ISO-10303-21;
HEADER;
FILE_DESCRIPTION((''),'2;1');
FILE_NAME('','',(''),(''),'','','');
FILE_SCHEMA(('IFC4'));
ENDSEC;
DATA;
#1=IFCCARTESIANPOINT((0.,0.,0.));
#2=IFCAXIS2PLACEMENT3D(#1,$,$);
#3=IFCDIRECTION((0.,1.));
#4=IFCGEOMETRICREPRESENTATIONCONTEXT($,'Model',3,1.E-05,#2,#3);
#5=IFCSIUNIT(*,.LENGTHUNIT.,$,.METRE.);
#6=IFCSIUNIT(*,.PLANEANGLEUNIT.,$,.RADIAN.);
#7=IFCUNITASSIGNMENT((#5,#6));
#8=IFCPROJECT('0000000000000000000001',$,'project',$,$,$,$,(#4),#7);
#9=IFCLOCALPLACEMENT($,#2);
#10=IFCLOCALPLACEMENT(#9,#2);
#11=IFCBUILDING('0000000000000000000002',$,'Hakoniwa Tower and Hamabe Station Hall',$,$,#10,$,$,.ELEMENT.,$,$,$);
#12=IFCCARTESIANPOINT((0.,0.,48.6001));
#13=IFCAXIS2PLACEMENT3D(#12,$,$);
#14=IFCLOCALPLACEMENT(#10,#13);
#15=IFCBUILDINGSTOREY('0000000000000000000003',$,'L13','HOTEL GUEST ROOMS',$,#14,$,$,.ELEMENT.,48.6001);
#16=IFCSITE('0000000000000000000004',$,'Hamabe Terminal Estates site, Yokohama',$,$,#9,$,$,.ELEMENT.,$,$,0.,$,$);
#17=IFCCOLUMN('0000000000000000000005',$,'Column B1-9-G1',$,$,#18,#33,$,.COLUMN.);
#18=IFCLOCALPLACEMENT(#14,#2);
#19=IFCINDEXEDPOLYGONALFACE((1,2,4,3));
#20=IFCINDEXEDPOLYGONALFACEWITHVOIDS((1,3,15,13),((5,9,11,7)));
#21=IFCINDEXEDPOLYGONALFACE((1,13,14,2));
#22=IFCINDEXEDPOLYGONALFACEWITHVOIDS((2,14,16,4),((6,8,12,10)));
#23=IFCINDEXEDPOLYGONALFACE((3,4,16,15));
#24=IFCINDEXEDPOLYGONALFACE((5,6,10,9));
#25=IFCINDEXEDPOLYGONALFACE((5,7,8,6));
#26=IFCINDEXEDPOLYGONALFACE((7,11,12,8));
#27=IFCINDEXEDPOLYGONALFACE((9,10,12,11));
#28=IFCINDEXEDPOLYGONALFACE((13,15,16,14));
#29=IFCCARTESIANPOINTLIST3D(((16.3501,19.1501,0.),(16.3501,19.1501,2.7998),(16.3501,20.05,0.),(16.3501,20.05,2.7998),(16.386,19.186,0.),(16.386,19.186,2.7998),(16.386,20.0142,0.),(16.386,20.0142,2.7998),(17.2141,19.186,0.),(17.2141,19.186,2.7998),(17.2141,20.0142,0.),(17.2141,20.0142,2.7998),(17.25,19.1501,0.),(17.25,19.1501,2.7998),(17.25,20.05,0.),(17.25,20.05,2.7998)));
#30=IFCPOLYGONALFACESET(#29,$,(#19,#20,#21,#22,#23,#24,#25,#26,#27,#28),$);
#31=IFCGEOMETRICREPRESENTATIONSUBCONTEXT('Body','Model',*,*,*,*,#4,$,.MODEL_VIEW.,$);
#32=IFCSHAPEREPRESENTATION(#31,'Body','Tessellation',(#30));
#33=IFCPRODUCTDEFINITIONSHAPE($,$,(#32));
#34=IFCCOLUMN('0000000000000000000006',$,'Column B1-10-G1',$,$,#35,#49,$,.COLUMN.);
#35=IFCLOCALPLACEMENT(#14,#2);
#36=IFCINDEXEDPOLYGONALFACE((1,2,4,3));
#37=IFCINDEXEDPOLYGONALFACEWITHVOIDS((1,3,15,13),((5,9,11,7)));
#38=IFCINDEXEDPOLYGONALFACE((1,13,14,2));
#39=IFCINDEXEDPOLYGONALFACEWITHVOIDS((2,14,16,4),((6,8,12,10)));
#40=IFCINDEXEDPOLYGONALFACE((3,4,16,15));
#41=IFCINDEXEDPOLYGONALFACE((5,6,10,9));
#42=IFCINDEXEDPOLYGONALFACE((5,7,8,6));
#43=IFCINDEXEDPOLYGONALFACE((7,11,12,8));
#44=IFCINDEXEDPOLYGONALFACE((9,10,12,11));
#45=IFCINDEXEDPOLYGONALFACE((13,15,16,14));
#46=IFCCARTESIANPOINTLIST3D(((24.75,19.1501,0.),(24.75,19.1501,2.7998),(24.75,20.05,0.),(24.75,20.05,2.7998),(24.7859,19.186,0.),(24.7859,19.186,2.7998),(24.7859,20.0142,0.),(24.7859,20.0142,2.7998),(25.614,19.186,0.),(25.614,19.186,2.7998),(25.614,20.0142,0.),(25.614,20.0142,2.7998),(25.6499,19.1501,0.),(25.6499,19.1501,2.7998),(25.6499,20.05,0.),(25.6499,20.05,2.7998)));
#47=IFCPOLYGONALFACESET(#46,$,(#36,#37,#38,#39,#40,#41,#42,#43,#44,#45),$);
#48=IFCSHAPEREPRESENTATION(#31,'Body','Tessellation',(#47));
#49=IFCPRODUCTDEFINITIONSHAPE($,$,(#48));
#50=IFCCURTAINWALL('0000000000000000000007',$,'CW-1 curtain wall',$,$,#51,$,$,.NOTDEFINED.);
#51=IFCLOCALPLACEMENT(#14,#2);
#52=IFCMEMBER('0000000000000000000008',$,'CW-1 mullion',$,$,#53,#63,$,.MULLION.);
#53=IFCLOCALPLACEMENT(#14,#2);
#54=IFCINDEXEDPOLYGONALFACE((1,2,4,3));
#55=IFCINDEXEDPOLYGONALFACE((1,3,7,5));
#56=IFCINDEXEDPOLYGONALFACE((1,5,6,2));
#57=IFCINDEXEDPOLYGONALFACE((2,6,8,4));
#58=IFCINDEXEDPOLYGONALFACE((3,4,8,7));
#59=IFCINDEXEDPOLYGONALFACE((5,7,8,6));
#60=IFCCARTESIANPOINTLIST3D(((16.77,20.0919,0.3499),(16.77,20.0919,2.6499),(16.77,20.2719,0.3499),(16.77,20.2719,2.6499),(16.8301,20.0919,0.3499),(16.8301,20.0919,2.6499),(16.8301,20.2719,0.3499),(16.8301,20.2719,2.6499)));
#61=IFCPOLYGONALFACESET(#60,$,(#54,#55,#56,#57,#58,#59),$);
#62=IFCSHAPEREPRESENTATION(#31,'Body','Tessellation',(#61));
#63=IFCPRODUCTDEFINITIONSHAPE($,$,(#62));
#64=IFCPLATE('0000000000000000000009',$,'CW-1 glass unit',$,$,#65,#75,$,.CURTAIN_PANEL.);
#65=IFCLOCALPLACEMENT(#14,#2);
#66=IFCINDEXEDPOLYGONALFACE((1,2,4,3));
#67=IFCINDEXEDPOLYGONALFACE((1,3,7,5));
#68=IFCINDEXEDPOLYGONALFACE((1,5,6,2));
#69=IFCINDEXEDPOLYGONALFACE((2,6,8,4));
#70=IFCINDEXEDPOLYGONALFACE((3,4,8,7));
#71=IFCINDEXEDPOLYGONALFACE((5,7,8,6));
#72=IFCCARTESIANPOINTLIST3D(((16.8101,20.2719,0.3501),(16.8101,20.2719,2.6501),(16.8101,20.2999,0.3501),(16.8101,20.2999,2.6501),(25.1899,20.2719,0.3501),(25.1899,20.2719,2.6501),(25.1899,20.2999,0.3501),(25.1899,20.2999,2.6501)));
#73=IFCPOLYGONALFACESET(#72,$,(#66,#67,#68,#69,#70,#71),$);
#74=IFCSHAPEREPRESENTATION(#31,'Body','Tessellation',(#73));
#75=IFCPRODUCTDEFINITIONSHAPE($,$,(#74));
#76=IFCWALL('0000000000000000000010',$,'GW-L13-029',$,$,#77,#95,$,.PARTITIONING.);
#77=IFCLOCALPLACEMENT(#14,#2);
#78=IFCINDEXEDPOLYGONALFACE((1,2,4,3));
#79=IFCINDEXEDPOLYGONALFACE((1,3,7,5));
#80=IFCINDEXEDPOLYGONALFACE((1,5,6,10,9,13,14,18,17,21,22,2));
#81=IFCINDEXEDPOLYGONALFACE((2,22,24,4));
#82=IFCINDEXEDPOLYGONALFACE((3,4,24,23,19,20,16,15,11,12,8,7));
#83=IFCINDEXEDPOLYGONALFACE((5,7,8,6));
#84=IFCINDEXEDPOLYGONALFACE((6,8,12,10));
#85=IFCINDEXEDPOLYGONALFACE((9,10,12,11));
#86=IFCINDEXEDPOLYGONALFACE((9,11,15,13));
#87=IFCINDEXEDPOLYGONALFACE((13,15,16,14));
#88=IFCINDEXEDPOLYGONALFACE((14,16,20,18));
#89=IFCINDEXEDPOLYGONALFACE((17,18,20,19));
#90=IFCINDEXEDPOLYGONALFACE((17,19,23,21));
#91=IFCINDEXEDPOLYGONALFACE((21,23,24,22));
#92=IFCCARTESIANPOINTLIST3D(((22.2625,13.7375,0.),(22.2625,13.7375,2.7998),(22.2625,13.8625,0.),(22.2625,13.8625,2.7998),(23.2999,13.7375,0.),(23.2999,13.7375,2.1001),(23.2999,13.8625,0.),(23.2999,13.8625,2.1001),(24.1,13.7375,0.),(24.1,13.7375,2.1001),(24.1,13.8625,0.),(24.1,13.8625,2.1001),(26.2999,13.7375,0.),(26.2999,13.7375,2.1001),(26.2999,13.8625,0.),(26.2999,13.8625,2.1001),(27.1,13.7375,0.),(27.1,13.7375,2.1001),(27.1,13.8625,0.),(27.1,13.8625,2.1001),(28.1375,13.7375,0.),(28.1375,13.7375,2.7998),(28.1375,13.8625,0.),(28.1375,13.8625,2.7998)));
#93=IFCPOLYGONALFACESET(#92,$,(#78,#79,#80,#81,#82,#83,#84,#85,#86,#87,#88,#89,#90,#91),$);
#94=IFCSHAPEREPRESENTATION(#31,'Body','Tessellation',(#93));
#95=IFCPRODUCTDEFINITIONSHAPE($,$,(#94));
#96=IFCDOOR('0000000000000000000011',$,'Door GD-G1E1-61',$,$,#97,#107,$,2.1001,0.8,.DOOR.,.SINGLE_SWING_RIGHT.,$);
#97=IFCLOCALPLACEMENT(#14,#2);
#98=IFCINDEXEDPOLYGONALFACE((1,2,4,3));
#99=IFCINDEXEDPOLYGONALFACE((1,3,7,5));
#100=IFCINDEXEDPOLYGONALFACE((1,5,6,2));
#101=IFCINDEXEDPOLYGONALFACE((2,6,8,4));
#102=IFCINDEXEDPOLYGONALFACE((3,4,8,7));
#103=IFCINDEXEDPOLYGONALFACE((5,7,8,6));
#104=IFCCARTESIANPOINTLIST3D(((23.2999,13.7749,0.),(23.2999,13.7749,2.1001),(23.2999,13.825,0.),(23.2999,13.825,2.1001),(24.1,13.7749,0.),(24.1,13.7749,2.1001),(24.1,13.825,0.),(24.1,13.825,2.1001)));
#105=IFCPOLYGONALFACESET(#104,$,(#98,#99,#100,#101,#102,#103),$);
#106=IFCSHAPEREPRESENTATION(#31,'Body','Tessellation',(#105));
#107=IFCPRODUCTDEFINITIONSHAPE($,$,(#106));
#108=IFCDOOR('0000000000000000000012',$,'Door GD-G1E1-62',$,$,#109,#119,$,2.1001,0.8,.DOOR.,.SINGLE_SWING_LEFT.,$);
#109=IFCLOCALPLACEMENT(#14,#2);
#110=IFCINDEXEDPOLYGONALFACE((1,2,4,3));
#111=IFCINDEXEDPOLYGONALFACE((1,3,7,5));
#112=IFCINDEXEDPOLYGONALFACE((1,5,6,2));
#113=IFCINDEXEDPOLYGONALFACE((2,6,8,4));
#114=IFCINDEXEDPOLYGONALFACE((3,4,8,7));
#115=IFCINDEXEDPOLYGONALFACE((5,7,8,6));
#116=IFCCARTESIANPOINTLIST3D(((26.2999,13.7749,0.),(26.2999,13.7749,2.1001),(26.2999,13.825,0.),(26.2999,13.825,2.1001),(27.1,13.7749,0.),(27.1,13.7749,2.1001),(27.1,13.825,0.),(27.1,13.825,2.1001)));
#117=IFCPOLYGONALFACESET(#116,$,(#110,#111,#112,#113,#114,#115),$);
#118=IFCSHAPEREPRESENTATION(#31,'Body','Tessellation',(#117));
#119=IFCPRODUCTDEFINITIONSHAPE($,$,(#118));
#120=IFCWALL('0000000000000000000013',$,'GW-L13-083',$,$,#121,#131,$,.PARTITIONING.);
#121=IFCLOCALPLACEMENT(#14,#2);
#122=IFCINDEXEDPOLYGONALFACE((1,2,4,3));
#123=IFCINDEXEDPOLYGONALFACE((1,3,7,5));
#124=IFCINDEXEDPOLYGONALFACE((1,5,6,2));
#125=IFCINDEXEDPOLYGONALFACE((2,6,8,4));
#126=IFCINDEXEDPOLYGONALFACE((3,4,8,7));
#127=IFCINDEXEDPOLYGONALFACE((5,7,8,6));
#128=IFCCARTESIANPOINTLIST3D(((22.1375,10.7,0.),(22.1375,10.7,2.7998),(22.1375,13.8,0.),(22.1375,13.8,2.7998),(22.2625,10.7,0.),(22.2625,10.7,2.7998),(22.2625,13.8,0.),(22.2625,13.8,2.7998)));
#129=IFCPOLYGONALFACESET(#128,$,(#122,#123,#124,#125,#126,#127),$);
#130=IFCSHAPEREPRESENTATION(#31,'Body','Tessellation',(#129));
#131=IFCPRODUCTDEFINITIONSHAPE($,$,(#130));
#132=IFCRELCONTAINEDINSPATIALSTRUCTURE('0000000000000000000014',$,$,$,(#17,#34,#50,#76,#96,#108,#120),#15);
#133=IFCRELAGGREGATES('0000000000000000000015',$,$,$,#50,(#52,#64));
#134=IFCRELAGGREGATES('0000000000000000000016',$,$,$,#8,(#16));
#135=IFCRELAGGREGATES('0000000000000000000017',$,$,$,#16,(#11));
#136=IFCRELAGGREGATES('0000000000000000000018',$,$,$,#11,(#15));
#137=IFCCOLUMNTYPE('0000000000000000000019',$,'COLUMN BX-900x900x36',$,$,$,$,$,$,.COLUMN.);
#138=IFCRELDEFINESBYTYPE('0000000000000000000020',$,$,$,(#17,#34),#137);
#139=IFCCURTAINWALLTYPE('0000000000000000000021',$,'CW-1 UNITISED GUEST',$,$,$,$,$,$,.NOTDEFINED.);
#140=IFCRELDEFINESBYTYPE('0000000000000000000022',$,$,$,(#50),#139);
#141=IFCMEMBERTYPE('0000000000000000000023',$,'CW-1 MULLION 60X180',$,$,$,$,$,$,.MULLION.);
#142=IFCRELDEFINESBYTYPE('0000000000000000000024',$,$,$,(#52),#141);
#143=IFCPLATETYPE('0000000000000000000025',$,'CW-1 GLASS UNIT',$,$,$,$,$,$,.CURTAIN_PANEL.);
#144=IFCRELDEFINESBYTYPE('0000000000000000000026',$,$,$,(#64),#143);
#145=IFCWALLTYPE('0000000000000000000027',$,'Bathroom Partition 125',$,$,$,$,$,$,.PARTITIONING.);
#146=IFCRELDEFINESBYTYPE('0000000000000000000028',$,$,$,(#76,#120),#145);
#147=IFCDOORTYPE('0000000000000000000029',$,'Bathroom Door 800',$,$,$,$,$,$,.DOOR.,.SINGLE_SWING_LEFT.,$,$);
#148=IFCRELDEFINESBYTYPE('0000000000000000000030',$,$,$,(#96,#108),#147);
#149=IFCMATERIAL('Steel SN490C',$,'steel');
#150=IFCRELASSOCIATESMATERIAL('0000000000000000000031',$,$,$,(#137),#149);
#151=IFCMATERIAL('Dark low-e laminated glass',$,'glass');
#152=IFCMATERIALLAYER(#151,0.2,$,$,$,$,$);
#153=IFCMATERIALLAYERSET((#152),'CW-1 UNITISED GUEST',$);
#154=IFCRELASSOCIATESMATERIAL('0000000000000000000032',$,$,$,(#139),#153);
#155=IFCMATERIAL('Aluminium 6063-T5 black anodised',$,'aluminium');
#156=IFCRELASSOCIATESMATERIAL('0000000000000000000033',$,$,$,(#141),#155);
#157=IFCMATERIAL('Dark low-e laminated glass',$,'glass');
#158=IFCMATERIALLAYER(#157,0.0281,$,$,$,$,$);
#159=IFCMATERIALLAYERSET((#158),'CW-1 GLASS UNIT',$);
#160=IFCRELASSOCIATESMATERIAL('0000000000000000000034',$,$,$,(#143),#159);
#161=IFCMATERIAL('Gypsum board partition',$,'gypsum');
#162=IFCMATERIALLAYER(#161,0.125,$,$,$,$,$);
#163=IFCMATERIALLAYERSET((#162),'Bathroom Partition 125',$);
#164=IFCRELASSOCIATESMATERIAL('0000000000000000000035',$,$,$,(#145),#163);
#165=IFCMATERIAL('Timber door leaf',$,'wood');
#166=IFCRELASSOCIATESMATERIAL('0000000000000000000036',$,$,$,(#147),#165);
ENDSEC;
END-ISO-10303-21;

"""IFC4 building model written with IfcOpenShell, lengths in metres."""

from ifc_helpers import new_model, si_unit, direction, frame, frame_2d, origin, origin_2d, place, context, subcontext, project, spatial, rectangle, hollow_rectangle, extrude, material, layer, layer_set, material_profile, profile_set, type_object, element, fill, aggregate, save


model = new_model("IFC4")

# Units and contexts
model_context = context("Model", 3, precision=1e-05, world=origin(), true_north=direction((0.0, 1.0)))
body_context = subcontext(model_context, "Body", "Model", "MODEL_VIEW")
ifc_project = project(units=[si_unit("LENGTHUNIT", "METRE"), si_unit("PLANEANGLEUNIT", "RADIAN")], contexts=[model_context])

# Site, building, storey
site_placement = place(None, origin())
site = spatial("IfcSite", under=ifc_project, at=site_placement, Name="Hamabe Terminal Estates site, Yokohama", CompositionType="ELEMENT", RefElevation=0.0)
building_placement = place(site_placement, origin())
building = spatial("IfcBuilding", under=site, at=building_placement, Name="Hakoniwa Tower and Hamabe Station Hall", CompositionType="ELEMENT")
storey_placement = place(building_placement, frame((0.0, 0.0, 48.6001)))
storey = spatial("IfcBuildingStorey", under=building, at=storey_placement, Name="L13", Description="HOTEL GUEST ROOMS", CompositionType="ELEMENT", Elevation=48.6001)

# Columns
ifc_material_1 = material(Name="Steel SN490C", Category="steel")
ifc_material_profile_1 = material_profile(ifc_material_1, hollow_rectangle(XDim=0.8999, YDim=0.8999, WallThickness=0.0359, at=origin_2d()), Name="BX-900x900x36")
ifc_profile_set_1 = profile_set([ifc_material_profile_1], Name="Steel SN490C")
column_type = type_object("IfcColumnType", Name="COLUMN BX-900x900x36", PredefinedType="COLUMN", material=ifc_profile_set_1)
for number, where, z_axis, x_axis, name in (
    (1, (16.8, 19.6001, 0.0), (0.0, 0.0, 1.0), (1.0, 0.0, 0.0), "Column B1-9-G1"),
    (2, (25.2, 19.6001, 0.0), (0.0, 0.0, 1.0), (1.0, 0.0, 0.0), "Column B1-10-G1"),
):
    element("IfcColumn", number, at=place(storey_placement, frame(where, z_axis=z_axis, x_axis=x_axis)), inside=storey, type_object=column_type, Name=name, PredefinedType="COLUMN", context=body_context, shape_type="SweptSolid", body=[
        extrude(hollow_rectangle(XDim=0.8999, YDim=0.8999, WallThickness=0.0359, at=origin_2d()), origin(), (0.0, 0.0, 1.0), 2.7998),
    ])

# Curtain wall, member, plate
ifc_material_2 = material(Name="Dark low-e laminated glass", Category="glass")
ifc_layer_1 = layer(ifc_material_2, 0.2)
ifc_layer_set_1 = layer_set([ifc_layer_1], Name="CW-1 UNITISED GUEST")
curtain_wall_type = type_object("IfcCurtainWallType", Name="CW-1 UNITISED GUEST", PredefinedType="NOTDEFINED", material=ifc_layer_set_1)
curtain_wall_placement = place(storey_placement, origin())
curtain_wall = element("IfcCurtainWall", 3, at=curtain_wall_placement, inside=storey, type_object=curtain_wall_type, Name="CW-1 curtain wall", PredefinedType="NOTDEFINED")
ifc_material_3 = material(Name="Aluminium 6063-T5 black anodised", Category="aluminium")
ifc_material_profile_2 = material_profile(ifc_material_3, rectangle(XDim=0.0601, YDim=0.1799, at=origin_2d()), Name="CW-1 MULLION 60X180")
ifc_profile_set_2 = profile_set([ifc_material_profile_2], Name="Aluminium 6063-T5 black anodised")
member_type = type_object("IfcMemberType", Name="CW-1 MULLION 60X180", PredefinedType="MULLION", material=ifc_profile_set_2)
member_placement = place(storey_placement, frame((16.8, 20.1819, 0.3499), z_axis=(0.0, 0.0, 1.0), x_axis=(-1.0, 0.0, 0.0)))
member = element("IfcMember", 4, at=member_placement, type_object=member_type, Name="CW-1 mullion", PredefinedType="MULLION", context=body_context, shape_type="SweptSolid", body=[
    extrude(rectangle(XDim=0.0601, YDim=0.1799, at=origin_2d()), origin(), (0.0, 0.0, 1.0), 2.3),
])
ifc_material_4 = material(Name="Dark low-e laminated glass", Category="glass")
ifc_layer_2 = layer(ifc_material_4, 0.0281)
ifc_layer_set_2 = layer_set([ifc_layer_2], Name="CW-1 GLASS UNIT")
plate_type = type_object("IfcPlateType", Name="CW-1 GLASS UNIT", PredefinedType="CURTAIN_PANEL", material=ifc_layer_set_2)
plate_placement = place(storey_placement, frame((21.0, 20.2859, 0.3501), z_axis=(0.0, 0.0, 1.0), x_axis=(-1.0, 0.0, 0.0)))
plate = element("IfcPlate", 5, at=plate_placement, type_object=plate_type, Name="CW-1 glass unit", PredefinedType="CURTAIN_PANEL", context=body_context, shape_type="SweptSolid", body=[
    extrude(rectangle(XDim=8.3799, YDim=0.0281, at=origin_2d()), origin(), (0.0, 0.0, 1.0), 2.3),
])
aggregate(curtain_wall, [member, plate])

# Wall, openings, doors
ifc_material_5 = material(Name="Gypsum board partition", Category="gypsum")
ifc_layer_3 = layer(ifc_material_5, 0.125)
ifc_layer_set_3 = layer_set([ifc_layer_3], Name="Bathroom Partition 125")
wall_type_1 = type_object("IfcWallType", Name="Bathroom Partition 125", PredefinedType="PARTITIONING", material=ifc_layer_set_3)
wall_1_placement = place(storey_placement, frame((22.2625, 13.8, 0.0), z_axis=(0.0, 0.0, 1.0), x_axis=(1.0, 0.0, 0.0)))
wall_1 = element("IfcWall", 6, at=wall_1_placement, inside=storey, type_object=wall_type_1, Name="GW-L13-029", PredefinedType="PARTITIONING", context=body_context, shape_type="SweptSolid", body=[
    extrude(rectangle(XDim=5.875, YDim=0.125, at=frame_2d((2.9375, 0.0))), origin(), (0.0, 0.0, 1.0), 2.7998),
])
opening_1_placement = place(wall_1_placement, frame((1.0376, 0.0, 0.0)))
opening_1 = element("IfcOpeningElement", 7, at=opening_1_placement, cuts=wall_1, PredefinedType="OPENING", context=body_context, shape_type="SweptSolid", body=[
    extrude(rectangle(XDim=0.8, YDim=2.1001, at=frame_2d((0.3999, 1.05))), frame((0.0, 0.0725, 0.0), z_axis=(0.0, -1.0, 0.0), x_axis=(1.0, 0.0, 0.0)), (0.0, 0.0, 1.0), 0.145),
])
opening_2_placement = place(wall_1_placement, frame((4.0376, 0.0, 0.0)))
opening_2 = element("IfcOpeningElement", 8, at=opening_2_placement, cuts=wall_1, PredefinedType="OPENING", context=body_context, shape_type="SweptSolid", body=[
    extrude(rectangle(XDim=0.8, YDim=2.1001, at=frame_2d((0.3999, 1.05))), frame((0.0, 0.0725, 0.0), z_axis=(0.0, -1.0, 0.0), x_axis=(1.0, 0.0, 0.0)), (0.0, 0.0, 1.0), 0.145),
])
ifc_material_6 = material(Name="Timber door leaf", Category="wood")
door_type_1 = type_object("IfcDoorType", Name="Bathroom Door 800", OperationType="SINGLE_SWING_LEFT", PredefinedType="DOOR", material=ifc_material_6)
door_1_placement = place(opening_1_placement, origin())
door_1 = element("IfcDoor", 9, at=door_1_placement, inside=storey, type_object=door_type_1, Name="Door GD-G1E1-61", OperationType="SINGLE_SWING_RIGHT", OverallHeight=2.1001, OverallWidth=0.8, PredefinedType="DOOR", context=body_context, shape_type="SweptSolid", body=[
    extrude(rectangle(XDim=0.8, YDim=2.1001, at=frame_2d((0.3999, 1.05))), frame((0.0, 0.0249, 0.0), z_axis=(0.0, -1.0, 0.0), x_axis=(1.0, 0.0, 0.0)), (0.0, 0.0, 1.0), 0.05),
])
fill(opening_1, door_1)
door_2_placement = place(opening_2_placement, origin())
door_2 = element("IfcDoor", 10, at=door_2_placement, inside=storey, type_object=door_type_1, Name="Door GD-G1E1-62", OperationType="SINGLE_SWING_LEFT", OverallHeight=2.1001, OverallWidth=0.8, PredefinedType="DOOR", context=body_context, shape_type="SweptSolid", body=[
    extrude(rectangle(XDim=0.8, YDim=2.1001, at=frame_2d((0.3999, 1.05))), frame((0.0, 0.0249, 0.0), z_axis=(0.0, -1.0, 0.0), x_axis=(1.0, 0.0, 0.0)), (0.0, 0.0, 1.0), 0.05),
])
fill(opening_2, door_2)

# Wall
wall_2_placement = place(storey_placement, frame((22.2, 10.7, 0.0), z_axis=(0.0, 0.0, 1.0), x_axis=(0.0, 1.0, 0.0)))
element("IfcWall", 11, at=wall_2_placement, inside=storey, type_object=wall_type_1, Name="GW-L13-083", PredefinedType="PARTITIONING", context=body_context, shape_type="SweptSolid", body=[
    extrude(rectangle(XDim=3.1001, YDim=0.125, at=frame_2d((1.55, 0.0))), origin(), (0.0, 0.0, 1.0), 2.7998),
])

save(model, "model.ifc")
